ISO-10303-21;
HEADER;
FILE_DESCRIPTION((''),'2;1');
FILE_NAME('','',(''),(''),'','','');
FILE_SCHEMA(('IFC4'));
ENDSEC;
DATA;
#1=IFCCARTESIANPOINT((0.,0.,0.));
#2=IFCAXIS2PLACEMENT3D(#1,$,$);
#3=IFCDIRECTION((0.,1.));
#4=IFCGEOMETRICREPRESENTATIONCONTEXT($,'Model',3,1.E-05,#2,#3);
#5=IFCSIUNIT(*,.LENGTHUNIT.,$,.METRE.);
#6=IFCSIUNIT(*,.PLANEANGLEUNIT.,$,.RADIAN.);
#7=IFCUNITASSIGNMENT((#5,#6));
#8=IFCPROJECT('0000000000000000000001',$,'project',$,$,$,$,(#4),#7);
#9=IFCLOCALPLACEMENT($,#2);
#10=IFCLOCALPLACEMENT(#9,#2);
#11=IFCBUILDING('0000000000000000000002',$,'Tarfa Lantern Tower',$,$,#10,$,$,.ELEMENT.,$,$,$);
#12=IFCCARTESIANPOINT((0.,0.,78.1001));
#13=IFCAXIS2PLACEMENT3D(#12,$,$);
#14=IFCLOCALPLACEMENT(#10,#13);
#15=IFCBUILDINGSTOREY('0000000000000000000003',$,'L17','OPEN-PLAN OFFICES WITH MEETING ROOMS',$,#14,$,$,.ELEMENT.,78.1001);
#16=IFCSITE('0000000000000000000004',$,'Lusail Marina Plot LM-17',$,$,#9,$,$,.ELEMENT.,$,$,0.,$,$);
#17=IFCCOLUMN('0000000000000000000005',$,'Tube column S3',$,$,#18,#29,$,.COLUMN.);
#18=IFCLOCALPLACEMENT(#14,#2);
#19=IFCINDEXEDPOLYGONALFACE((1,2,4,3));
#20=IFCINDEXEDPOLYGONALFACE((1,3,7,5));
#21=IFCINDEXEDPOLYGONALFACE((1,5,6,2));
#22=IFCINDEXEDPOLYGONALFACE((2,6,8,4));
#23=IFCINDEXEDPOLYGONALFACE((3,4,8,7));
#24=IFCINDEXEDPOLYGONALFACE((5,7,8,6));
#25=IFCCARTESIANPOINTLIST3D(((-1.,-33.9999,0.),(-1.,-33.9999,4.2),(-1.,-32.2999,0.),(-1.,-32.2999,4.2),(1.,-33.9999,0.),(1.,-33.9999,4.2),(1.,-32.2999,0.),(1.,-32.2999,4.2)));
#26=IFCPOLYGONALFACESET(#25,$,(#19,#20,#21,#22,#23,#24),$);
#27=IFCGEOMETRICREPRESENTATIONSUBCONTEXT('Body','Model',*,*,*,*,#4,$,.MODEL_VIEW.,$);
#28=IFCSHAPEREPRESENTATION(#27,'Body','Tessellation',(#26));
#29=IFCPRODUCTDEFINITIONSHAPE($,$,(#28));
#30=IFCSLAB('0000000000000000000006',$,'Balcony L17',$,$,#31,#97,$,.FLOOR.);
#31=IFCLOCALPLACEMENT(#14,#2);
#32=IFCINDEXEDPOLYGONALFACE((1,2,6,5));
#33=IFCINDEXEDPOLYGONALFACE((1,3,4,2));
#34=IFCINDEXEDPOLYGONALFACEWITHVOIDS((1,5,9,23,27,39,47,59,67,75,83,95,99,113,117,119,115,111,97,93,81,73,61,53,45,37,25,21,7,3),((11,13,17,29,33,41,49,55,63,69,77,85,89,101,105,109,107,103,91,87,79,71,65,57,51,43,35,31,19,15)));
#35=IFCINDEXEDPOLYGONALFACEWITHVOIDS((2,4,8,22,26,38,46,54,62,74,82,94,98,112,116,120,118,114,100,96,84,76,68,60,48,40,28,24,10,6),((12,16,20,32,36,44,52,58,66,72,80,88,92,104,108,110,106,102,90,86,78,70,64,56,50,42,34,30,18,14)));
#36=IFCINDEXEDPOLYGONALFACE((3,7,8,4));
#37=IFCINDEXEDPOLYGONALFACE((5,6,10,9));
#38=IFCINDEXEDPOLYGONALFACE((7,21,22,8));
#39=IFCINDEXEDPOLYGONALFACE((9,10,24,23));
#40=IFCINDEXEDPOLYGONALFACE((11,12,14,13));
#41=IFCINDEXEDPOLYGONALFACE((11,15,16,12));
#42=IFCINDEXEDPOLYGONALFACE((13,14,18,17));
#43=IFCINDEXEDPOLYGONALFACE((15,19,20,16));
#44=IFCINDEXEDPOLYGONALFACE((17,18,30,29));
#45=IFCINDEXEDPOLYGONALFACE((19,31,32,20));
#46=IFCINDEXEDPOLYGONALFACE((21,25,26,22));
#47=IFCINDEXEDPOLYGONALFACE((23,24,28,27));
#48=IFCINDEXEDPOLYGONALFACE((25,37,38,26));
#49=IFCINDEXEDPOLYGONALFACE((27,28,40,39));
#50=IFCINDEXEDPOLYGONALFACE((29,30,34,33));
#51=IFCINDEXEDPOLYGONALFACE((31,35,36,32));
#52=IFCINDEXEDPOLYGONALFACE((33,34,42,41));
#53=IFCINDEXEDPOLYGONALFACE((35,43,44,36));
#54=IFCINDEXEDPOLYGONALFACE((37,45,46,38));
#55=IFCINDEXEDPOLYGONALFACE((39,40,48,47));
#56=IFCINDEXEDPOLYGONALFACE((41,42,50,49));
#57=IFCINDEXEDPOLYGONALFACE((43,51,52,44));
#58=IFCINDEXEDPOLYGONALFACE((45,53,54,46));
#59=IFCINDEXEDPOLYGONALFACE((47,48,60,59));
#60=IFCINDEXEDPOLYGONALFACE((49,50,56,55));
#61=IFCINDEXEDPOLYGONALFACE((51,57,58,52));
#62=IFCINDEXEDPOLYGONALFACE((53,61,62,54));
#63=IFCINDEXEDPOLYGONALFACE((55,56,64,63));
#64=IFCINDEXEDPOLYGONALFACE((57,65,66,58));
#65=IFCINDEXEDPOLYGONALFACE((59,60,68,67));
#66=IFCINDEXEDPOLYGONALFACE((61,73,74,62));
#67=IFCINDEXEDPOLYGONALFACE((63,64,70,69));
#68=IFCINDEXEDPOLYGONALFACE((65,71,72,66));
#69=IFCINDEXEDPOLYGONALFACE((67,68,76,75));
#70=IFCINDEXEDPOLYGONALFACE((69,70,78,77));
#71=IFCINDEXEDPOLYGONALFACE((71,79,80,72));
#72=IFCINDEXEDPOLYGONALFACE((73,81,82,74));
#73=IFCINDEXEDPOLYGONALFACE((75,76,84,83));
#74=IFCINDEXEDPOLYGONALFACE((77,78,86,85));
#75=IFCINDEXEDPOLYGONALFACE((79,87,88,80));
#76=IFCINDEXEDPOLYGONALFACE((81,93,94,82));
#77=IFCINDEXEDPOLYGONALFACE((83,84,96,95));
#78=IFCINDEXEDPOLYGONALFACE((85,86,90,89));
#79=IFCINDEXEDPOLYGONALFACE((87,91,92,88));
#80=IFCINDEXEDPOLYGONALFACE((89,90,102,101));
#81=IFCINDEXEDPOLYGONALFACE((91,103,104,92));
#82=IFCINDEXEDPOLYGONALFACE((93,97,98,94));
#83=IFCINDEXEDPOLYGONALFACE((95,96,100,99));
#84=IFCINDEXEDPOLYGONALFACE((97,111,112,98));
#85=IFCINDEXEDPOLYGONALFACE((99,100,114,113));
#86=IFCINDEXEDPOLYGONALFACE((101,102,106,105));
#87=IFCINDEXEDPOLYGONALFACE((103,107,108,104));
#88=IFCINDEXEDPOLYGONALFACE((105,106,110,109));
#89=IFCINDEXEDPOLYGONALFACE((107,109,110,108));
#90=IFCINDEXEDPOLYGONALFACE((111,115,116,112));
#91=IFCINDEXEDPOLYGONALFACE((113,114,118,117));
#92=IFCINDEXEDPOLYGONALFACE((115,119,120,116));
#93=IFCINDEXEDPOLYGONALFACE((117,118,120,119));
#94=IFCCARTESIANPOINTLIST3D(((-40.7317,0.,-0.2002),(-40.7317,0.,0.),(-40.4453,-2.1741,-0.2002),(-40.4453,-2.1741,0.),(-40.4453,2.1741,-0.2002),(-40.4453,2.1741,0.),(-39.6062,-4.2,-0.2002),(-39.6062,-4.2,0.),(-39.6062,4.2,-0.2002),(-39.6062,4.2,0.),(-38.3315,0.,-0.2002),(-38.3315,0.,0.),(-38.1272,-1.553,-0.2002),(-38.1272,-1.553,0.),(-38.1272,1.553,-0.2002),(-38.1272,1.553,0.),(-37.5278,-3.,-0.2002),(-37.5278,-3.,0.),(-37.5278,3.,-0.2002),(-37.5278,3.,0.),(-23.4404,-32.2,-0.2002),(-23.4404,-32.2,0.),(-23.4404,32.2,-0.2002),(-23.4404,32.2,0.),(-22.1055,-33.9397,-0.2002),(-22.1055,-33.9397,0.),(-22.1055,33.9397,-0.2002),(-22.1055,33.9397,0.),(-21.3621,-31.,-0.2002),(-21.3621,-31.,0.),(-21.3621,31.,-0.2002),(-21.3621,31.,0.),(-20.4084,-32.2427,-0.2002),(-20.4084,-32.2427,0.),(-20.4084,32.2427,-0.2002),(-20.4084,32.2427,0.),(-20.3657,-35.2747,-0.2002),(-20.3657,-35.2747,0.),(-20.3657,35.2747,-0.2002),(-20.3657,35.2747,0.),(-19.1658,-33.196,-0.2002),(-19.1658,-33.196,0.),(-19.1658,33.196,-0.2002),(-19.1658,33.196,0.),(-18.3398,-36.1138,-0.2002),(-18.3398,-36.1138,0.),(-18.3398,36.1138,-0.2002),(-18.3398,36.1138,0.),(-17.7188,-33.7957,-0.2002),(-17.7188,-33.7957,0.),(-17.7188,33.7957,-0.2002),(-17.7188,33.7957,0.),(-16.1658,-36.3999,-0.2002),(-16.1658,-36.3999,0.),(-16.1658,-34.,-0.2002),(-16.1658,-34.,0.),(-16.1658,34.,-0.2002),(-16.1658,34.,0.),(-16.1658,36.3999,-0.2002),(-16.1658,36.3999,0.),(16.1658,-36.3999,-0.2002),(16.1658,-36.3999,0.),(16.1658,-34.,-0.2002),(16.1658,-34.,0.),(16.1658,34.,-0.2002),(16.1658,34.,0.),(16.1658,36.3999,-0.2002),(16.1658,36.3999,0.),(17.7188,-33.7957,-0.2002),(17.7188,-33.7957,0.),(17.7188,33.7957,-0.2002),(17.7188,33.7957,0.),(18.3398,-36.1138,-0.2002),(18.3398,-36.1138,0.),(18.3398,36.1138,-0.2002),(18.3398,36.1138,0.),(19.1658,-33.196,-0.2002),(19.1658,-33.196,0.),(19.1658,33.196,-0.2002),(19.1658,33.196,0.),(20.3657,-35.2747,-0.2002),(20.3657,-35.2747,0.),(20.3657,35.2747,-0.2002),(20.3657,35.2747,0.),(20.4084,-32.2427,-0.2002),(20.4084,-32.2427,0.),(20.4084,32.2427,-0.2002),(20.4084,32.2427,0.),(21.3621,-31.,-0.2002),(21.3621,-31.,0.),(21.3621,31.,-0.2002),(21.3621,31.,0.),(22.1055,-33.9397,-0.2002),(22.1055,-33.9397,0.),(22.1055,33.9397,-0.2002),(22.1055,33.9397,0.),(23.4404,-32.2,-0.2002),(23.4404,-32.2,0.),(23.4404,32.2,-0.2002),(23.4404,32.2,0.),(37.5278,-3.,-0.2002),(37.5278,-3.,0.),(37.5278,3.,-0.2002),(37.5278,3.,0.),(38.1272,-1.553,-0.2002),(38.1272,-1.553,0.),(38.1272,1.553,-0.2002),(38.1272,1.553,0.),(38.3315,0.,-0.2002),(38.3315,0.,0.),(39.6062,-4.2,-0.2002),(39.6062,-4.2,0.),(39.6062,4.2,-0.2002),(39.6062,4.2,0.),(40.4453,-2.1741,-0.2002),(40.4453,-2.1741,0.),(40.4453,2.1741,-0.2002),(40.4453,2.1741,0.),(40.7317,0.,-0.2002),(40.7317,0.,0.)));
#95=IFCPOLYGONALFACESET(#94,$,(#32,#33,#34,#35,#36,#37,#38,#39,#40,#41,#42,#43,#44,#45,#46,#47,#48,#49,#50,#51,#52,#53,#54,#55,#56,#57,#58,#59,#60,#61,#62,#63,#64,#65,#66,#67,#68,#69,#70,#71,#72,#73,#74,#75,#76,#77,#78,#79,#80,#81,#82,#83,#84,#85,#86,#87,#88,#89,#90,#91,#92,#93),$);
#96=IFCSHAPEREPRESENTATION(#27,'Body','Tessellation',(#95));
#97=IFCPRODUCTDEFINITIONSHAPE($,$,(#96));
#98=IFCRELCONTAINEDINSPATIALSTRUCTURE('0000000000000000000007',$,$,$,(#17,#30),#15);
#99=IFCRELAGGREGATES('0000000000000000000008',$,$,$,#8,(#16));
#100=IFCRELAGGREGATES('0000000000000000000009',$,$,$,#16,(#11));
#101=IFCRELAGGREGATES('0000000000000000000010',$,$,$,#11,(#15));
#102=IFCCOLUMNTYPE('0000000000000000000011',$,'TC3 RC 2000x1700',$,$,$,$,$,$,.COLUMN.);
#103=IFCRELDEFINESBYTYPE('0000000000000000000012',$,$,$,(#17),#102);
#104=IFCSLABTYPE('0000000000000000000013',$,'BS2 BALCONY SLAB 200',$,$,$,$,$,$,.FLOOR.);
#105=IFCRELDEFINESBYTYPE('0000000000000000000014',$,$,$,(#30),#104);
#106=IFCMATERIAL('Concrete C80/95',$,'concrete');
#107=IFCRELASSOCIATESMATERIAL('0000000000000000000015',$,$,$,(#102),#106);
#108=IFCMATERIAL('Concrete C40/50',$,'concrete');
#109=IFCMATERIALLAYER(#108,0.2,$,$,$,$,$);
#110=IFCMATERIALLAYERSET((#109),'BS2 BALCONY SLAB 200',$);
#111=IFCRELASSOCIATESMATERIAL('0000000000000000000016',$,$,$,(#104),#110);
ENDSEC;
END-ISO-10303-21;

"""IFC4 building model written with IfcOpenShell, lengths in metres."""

from ifc_helpers import new_model, si_unit, direction, frame, origin, origin_2d, place, context, subcontext, project, spatial, polyline, rectangle, outline, extrude, material, layer, layer_set, material_profile, profile_set, type_object, element, save


model = new_model("IFC4")

# Units and contexts
model_context = context("Model", 3, precision=1e-05, world=origin(), true_north=direction((0.0, 1.0)))
body_context = subcontext(model_context, "Body", "Model", "MODEL_VIEW")
ifc_project = project(units=[si_unit("LENGTHUNIT", "METRE"), si_unit("PLANEANGLEUNIT", "RADIAN")], contexts=[model_context])

# Site, building, storey
site_placement = place(None, origin())
site = spatial("IfcSite", under=ifc_project, at=site_placement, Name="Lusail Marina Plot LM-17", CompositionType="ELEMENT", RefElevation=0.0)
building_placement = place(site_placement, origin())
building = spatial("IfcBuilding", under=site, at=building_placement, Name="Tarfa Lantern Tower", CompositionType="ELEMENT")
storey_placement = place(building_placement, frame((0.0, 0.0, 78.1001)))
storey = spatial("IfcBuildingStorey", under=building, at=storey_placement, Name="L17", Description="OPEN-PLAN OFFICES WITH MEETING ROOMS", CompositionType="ELEMENT", Elevation=78.1001)

# Column
ifc_material_1 = material(Name="Concrete C80/95", Category="concrete")
ifc_material_profile = material_profile(ifc_material_1, rectangle(XDim=2.0, YDim=1.7, at=origin_2d()), Name="RC 2000x1700")
ifc_profile_set = profile_set([ifc_material_profile], Name="Concrete C80/95")
column_type = type_object("IfcColumnType", Name="TC3 RC 2000x1700", PredefinedType="COLUMN", material=ifc_profile_set)
column_placement = place(storey_placement, frame((0.0, -33.1499, 0.0), z_axis=(0.0, 0.0, 1.0), x_axis=(1.0, 0.0, 0.0)))
element("IfcColumn", 1, at=column_placement, inside=storey, type_object=column_type, Name="Tube column S3", PredefinedType="COLUMN", context=body_context, shape_type="SweptSolid", body=[
    extrude(rectangle(XDim=2.0, YDim=1.7, at=origin_2d()), origin(), (0.0, 0.0, 1.0), 4.2),
])

# Slab
ifc_material_2 = material(Name="Concrete C40/50", Category="concrete")
ifc_layer_1 = layer(ifc_material_2, 0.2)
ifc_layer_set_1 = layer_set([ifc_layer_1], Name="BS2 BALCONY SLAB 200")
slab_type_1 = type_object("IfcSlabType", Name="BS2 BALCONY SLAB 200", PredefinedType="FLOOR", material=ifc_layer_set_1)
slab_1_placement = place(storey_placement, frame((0.0, 0.0, -0.2002)))
element("IfcSlab", 2, at=slab_1_placement, inside=storey, type_object=slab_type_1, Name="Balcony L17", PredefinedType="FLOOR", context=body_context, shape_type="SweptSolid", body=[
    extrude(outline(polyline([(39.6062, 4.2), (23.4404, 32.2), (22.1055, 33.9397), (20.3657, 35.2747), (18.3398, 36.1138), (16.1658, 36.3999), (-16.1658, 36.3999), (-18.3398, 36.1138), (-20.3657, 35.2747), (-22.1055, 33.9397), (-23.4404, 32.2), (-39.6062, 4.2), (-40.4453, 2.1741), (-40.7317, 0.0), (-40.4453, -2.1741), (-39.6062, -4.2), (-23.4404, -32.2), (-22.1055, -33.9397), (-20.3657, -35.2747), (-18.3398, -36.1138), (-16.1658, -36.3999), (16.1658, -36.3999), (18.3398, -36.1138), (20.3657, -35.2747), (22.1055, -33.9397), (23.4404, -32.2), (39.6062, -4.2), (40.4453, -2.1741), (40.7317, 0.0), (40.4453, 2.1741), (39.6062, 4.2)]), holes=[polyline([(37.5278, 3.0), (21.3621, 31.0), (20.4084, 32.2427), (19.1658, 33.196), (17.7188, 33.7957), (16.1658, 34.0), (-16.1658, 34.0), (-17.7188, 33.7957), (-19.1658, 33.196), (-20.4084, 32.2427), (-21.3621, 31.0), (-37.5278, 3.0), (-38.1272, 1.553), (-38.3315, 0.0), (-38.1272, -1.553), (-37.5278, -3.0), (-21.3621, -31.0), (-20.4084, -32.2427), (-19.1658, -33.196), (-17.7188, -33.7957), (-16.1658, -34.0), (16.1658, -34.0), (17.7188, -33.7957), (19.1658, -33.196), (20.4084, -32.2427), (21.3621, -31.0), (37.5278, -3.0), (38.1272, -1.553), (38.3315, 0.0), (38.1272, 1.553), (37.5278, 3.0)])]), origin(), (0.0, 0.0, 1.0), 0.2002),
])

save(model, "model.ifc")
